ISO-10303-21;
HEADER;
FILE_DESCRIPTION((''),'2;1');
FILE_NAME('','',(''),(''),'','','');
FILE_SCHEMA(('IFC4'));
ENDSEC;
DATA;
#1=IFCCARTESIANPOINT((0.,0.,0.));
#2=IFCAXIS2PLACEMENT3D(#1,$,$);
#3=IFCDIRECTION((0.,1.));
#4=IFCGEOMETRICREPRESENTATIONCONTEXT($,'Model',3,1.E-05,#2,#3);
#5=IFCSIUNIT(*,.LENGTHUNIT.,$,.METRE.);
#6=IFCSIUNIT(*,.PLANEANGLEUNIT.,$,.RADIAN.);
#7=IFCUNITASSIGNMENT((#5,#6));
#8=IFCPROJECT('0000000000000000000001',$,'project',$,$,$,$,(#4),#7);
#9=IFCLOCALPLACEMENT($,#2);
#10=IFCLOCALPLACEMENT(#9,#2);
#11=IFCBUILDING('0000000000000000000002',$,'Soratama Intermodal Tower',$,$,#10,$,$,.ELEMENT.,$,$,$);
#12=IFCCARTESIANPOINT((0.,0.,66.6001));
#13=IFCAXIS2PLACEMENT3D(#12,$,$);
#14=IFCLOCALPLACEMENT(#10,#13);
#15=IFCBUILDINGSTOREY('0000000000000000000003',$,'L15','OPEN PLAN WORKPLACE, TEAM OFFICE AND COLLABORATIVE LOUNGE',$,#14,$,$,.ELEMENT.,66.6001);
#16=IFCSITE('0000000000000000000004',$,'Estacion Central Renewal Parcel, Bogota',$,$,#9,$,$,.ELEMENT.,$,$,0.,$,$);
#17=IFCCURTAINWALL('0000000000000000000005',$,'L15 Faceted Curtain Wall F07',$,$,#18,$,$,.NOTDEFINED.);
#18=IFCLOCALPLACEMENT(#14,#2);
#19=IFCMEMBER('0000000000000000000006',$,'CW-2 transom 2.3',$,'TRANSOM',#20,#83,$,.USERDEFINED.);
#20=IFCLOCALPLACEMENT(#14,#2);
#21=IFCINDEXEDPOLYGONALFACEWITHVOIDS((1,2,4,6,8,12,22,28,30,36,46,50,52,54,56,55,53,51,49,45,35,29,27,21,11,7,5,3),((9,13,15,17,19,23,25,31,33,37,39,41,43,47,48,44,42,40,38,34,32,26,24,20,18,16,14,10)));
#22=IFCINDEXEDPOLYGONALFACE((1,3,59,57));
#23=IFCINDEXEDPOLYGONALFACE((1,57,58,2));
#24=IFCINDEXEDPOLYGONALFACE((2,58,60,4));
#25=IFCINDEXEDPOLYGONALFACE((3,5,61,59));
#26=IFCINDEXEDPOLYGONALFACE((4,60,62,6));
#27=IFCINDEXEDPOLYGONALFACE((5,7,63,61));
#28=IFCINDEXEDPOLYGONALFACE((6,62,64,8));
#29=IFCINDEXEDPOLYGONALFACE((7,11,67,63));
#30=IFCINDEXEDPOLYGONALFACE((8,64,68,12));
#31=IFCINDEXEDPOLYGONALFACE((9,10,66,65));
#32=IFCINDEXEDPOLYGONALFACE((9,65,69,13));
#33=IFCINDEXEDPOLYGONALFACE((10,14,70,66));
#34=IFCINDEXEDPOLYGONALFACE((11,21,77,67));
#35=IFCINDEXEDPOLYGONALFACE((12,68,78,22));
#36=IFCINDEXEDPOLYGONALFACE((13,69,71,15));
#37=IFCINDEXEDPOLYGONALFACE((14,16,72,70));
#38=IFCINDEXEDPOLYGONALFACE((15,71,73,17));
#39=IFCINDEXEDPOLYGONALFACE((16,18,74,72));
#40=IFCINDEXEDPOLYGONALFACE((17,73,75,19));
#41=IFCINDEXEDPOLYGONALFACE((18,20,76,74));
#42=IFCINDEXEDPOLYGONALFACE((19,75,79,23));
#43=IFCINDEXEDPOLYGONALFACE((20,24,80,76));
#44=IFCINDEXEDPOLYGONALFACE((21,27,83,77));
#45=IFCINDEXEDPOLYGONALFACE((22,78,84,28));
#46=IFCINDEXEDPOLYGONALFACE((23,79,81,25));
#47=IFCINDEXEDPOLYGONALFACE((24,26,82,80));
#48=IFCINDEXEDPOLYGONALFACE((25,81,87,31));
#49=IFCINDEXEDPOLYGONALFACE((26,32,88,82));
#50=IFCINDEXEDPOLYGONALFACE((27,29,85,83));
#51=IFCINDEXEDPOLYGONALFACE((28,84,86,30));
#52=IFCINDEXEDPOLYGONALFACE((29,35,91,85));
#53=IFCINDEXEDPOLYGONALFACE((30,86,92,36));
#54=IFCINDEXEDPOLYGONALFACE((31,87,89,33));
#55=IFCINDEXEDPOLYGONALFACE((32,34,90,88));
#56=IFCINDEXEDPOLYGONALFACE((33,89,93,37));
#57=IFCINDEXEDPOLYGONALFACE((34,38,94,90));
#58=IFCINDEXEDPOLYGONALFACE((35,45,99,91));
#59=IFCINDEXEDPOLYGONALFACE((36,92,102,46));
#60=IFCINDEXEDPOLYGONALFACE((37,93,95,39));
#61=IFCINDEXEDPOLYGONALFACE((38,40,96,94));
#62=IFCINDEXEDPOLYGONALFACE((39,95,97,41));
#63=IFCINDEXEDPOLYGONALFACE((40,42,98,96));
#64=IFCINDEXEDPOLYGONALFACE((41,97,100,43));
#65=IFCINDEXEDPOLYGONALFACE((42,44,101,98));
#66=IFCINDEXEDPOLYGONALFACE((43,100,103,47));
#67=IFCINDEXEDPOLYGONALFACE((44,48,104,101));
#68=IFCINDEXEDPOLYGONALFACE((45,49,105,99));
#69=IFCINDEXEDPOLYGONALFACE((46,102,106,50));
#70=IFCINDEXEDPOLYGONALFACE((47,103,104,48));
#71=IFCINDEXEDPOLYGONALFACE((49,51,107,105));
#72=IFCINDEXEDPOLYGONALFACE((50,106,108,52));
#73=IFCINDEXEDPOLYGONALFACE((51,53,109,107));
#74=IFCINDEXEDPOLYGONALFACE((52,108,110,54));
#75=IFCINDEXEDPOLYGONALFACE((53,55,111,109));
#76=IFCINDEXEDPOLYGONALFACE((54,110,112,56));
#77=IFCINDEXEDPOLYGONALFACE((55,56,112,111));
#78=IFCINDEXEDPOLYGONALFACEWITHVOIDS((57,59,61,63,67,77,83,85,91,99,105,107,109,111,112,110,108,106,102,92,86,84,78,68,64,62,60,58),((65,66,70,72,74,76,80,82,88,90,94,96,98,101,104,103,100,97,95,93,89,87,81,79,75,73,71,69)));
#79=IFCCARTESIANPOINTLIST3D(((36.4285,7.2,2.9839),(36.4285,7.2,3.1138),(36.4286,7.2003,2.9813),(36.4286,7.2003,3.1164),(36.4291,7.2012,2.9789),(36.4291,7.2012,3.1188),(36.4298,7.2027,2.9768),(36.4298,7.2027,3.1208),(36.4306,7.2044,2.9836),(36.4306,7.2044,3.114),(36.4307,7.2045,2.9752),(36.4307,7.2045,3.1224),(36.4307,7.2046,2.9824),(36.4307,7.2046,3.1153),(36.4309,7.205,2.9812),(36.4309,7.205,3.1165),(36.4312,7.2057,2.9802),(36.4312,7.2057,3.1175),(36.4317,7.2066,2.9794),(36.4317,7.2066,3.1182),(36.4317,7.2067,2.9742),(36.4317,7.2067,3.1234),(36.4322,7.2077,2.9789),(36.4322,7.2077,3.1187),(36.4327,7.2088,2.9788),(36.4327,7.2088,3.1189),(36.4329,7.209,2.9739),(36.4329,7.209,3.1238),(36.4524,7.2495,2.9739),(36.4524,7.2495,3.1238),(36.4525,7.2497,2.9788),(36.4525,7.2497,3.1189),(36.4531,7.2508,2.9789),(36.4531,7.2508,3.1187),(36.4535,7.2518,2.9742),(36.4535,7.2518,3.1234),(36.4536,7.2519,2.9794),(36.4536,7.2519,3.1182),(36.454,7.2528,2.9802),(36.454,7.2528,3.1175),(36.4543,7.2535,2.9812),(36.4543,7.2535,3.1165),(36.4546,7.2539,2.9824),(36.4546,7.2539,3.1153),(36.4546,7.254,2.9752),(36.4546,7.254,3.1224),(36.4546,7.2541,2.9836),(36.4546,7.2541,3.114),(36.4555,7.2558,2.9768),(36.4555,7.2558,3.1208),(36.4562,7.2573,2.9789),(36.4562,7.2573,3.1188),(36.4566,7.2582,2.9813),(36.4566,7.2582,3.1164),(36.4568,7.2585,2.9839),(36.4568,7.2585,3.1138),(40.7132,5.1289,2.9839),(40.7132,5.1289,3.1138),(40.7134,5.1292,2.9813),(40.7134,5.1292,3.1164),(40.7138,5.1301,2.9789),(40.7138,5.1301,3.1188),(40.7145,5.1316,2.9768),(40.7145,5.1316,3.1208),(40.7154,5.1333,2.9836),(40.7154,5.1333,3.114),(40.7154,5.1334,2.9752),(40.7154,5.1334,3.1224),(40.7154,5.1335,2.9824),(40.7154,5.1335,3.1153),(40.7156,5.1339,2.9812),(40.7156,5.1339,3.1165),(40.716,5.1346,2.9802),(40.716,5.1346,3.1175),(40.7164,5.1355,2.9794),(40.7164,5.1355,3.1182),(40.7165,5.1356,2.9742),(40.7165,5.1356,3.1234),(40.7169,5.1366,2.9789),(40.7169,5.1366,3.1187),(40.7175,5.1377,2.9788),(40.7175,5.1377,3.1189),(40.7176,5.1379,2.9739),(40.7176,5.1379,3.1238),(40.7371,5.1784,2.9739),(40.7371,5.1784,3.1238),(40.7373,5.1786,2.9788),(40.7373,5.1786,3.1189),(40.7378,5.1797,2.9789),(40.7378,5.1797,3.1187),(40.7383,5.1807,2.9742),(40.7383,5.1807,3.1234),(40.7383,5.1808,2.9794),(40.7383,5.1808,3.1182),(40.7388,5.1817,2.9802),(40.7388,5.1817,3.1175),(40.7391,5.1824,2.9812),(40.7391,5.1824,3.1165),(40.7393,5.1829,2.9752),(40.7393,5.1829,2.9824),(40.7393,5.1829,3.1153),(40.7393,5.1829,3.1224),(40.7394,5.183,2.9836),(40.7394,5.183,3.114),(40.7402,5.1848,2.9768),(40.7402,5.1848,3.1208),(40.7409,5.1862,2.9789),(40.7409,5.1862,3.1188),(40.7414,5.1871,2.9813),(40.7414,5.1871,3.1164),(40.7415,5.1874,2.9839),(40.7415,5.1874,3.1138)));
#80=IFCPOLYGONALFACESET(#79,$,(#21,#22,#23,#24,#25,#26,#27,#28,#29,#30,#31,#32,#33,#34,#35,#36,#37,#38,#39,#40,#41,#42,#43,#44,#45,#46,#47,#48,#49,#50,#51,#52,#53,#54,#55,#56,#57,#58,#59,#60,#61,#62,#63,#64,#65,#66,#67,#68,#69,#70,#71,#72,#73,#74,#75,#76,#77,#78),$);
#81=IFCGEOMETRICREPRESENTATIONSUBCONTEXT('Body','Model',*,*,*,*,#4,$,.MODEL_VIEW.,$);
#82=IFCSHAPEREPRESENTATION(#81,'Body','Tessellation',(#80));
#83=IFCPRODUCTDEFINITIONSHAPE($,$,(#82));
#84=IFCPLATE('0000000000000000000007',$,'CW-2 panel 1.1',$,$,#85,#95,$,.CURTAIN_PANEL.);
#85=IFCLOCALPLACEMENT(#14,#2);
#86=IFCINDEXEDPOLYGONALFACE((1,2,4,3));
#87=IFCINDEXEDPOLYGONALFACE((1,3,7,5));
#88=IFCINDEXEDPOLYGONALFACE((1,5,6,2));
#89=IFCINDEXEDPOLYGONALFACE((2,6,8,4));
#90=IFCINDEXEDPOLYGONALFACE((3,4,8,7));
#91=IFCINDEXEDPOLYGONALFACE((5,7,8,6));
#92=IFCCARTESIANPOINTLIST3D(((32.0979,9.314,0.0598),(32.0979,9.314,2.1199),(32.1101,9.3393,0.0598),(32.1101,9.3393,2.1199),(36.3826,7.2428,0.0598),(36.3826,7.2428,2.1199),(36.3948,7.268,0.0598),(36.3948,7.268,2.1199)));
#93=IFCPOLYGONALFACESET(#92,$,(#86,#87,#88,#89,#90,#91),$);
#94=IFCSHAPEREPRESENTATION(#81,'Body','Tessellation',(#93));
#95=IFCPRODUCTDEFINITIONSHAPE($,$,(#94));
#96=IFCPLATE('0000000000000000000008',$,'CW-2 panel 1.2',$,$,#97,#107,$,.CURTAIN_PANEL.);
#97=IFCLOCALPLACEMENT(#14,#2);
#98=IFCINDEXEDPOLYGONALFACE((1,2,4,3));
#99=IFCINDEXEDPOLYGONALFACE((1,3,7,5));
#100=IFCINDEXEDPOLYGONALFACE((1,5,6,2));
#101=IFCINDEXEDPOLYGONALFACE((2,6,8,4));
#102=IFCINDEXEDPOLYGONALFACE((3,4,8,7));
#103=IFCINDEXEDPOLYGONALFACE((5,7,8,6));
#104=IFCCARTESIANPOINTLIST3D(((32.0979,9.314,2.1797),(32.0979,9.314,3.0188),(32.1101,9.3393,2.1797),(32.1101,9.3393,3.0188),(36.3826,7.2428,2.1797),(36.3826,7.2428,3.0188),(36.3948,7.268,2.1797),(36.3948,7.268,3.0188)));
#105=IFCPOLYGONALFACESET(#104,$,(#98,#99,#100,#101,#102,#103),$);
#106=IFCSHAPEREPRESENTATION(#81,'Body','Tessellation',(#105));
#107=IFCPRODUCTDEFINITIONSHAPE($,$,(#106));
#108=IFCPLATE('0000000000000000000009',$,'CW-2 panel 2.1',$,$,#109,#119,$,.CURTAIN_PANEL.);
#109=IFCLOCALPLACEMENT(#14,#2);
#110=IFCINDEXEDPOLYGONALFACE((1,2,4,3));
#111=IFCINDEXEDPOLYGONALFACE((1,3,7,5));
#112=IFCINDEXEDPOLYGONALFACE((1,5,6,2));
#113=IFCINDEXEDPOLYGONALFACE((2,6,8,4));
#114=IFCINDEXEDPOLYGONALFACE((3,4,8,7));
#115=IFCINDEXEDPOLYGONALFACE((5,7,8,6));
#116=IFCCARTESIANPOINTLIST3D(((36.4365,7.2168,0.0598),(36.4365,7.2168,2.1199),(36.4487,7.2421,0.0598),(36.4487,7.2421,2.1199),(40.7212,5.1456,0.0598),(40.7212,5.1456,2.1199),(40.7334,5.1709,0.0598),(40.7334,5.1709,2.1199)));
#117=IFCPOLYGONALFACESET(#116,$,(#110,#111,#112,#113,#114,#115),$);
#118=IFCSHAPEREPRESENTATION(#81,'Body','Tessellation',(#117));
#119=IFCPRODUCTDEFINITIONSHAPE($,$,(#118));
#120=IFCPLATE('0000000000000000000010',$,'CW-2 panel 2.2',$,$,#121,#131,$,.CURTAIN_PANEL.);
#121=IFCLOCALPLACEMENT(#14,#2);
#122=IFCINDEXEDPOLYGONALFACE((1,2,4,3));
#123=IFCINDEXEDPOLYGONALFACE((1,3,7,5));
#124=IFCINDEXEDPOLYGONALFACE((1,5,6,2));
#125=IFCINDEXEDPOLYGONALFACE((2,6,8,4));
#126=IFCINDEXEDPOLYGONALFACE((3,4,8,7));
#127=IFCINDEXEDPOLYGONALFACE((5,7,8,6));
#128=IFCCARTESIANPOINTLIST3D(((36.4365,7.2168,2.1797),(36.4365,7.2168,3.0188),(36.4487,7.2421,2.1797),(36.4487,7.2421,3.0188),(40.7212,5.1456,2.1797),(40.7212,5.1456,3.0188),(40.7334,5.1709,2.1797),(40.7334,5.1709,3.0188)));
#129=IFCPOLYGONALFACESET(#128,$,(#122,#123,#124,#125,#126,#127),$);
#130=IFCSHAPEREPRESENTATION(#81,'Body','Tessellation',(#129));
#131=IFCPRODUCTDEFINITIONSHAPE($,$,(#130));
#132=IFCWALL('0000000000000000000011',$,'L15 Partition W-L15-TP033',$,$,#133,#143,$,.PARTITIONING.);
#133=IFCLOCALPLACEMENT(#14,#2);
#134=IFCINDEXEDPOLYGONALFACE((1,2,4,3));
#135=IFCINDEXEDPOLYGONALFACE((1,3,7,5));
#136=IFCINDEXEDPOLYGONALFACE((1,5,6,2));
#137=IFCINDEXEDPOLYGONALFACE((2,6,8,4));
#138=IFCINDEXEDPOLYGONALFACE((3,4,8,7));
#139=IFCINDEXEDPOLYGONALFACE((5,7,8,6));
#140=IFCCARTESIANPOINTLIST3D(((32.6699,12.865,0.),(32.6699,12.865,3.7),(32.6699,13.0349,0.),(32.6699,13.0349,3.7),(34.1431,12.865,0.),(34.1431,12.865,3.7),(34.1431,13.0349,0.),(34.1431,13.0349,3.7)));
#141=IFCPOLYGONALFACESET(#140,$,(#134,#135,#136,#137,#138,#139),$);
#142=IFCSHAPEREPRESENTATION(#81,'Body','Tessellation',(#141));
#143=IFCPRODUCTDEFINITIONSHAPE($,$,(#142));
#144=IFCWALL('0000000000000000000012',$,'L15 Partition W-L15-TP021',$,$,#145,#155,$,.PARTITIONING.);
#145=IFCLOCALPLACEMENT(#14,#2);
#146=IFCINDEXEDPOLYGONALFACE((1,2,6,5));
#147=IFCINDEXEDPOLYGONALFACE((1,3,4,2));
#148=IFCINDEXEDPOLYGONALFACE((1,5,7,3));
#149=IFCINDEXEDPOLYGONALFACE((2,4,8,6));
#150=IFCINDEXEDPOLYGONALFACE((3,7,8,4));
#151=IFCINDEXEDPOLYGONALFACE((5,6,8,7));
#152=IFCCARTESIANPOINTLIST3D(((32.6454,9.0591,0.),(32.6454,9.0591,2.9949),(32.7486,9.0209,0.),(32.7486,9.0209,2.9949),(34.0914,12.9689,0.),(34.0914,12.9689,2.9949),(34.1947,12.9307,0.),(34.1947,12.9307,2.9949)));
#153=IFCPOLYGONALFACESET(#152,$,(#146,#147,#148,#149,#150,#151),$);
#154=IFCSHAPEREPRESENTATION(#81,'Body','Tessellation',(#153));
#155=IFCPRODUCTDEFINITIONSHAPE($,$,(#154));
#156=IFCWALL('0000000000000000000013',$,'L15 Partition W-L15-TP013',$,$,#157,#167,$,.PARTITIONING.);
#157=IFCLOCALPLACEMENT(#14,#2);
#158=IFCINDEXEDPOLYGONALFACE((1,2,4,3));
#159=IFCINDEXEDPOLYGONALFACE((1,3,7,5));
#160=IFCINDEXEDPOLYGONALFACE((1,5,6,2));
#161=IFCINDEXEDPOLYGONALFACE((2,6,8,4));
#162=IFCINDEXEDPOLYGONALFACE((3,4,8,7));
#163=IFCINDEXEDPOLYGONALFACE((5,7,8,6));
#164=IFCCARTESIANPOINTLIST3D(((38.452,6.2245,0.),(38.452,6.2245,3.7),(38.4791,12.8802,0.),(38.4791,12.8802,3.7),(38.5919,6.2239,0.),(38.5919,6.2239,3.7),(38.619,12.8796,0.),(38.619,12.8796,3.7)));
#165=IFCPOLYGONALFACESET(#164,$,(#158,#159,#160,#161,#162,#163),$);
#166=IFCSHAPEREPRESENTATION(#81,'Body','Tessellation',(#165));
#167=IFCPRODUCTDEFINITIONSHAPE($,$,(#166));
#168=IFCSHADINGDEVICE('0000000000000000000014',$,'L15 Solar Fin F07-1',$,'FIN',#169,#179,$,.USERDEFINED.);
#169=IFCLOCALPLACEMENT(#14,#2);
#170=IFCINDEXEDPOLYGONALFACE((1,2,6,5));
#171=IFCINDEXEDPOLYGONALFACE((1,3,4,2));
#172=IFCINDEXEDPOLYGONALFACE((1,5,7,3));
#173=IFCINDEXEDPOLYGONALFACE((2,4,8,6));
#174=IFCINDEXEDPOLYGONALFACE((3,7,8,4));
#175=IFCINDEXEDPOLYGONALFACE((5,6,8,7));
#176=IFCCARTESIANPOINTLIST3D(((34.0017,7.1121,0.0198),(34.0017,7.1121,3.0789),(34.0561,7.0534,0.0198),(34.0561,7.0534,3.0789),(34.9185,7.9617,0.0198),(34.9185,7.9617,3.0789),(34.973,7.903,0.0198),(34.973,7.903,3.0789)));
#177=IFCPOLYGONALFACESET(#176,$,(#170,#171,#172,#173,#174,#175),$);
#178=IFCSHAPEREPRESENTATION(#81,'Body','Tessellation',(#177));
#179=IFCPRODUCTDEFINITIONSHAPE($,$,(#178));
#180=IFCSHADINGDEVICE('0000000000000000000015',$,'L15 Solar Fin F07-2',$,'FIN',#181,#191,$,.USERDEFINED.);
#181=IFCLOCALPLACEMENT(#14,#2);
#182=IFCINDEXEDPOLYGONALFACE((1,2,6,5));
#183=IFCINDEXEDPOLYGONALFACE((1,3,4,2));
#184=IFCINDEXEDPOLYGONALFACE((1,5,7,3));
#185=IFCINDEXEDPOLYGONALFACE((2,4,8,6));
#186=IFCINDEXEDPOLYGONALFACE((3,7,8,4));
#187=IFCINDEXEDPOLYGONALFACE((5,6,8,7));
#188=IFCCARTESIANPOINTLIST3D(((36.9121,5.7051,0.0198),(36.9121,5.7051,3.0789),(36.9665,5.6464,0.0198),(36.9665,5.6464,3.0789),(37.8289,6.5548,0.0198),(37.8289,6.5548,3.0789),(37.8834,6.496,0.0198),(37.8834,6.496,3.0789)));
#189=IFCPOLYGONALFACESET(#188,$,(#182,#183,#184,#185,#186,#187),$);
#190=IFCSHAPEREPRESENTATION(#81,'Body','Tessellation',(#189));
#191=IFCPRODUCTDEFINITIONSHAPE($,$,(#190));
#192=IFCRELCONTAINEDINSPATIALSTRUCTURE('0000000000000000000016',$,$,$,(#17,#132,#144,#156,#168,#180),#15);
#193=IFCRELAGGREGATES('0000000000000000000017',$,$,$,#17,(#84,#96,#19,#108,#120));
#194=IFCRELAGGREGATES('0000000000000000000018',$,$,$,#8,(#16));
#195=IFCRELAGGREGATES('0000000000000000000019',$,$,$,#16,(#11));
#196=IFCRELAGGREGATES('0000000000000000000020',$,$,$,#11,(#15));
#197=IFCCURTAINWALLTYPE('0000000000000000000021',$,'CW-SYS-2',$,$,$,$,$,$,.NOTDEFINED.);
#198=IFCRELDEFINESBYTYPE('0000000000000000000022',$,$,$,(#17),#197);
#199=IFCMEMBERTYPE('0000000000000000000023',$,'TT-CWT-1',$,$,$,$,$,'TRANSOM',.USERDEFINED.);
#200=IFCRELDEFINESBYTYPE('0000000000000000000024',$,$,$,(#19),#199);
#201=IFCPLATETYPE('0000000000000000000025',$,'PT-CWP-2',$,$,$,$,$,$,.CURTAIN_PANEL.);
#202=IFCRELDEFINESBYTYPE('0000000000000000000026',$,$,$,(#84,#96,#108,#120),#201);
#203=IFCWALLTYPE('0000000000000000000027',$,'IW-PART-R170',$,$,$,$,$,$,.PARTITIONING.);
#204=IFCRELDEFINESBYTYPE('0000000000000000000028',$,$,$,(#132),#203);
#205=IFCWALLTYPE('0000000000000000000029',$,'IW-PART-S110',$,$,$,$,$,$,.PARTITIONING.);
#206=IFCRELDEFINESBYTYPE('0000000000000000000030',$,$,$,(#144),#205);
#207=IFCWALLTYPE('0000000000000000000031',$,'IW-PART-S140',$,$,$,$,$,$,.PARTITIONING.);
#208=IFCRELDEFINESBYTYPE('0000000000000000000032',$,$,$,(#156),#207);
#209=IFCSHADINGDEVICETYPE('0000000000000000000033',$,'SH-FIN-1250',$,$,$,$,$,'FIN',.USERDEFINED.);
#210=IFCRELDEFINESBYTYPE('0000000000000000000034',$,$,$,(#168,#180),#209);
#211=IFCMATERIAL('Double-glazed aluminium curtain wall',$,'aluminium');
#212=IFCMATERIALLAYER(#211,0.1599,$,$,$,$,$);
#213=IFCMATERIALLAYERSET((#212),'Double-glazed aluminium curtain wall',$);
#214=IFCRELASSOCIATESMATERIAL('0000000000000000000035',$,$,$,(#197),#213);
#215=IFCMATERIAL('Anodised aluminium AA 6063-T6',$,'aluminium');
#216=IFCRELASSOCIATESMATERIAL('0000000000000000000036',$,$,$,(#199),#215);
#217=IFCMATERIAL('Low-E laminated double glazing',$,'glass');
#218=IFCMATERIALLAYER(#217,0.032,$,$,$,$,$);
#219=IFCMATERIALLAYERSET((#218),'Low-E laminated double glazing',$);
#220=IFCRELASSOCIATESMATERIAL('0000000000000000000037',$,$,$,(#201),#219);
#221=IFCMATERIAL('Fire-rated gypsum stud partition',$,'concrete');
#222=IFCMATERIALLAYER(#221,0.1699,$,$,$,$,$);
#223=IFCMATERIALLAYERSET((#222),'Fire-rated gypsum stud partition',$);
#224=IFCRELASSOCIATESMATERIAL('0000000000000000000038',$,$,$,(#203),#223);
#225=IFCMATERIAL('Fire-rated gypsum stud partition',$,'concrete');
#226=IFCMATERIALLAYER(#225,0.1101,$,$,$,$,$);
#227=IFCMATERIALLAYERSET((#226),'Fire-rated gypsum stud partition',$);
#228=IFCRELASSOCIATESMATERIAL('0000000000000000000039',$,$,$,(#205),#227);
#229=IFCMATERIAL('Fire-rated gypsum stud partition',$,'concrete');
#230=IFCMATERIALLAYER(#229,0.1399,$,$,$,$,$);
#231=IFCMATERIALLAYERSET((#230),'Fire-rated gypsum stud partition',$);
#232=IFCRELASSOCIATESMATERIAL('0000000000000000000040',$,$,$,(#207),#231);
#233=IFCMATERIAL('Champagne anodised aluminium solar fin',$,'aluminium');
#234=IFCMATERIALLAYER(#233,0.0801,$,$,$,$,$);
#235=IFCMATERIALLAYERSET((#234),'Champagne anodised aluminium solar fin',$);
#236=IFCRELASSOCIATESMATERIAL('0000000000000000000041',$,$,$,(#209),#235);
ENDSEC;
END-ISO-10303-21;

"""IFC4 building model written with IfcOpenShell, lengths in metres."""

from ifc_helpers import new_model, si_unit, direction, frame, frame_2d, origin, origin_2d, place, context, subcontext, project, spatial, rectangle, hollow_rectangle, extrude, material, layer, layer_set, material_profile, profile_set, type_object, element, aggregate, save


model = new_model("IFC4")

# Units and contexts
model_context = context("Model", 3, precision=1e-05, world=origin(), true_north=direction((0.0, 1.0)))
body_context = subcontext(model_context, "Body", "Model", "MODEL_VIEW")
ifc_project = project(units=[si_unit("LENGTHUNIT", "METRE"), si_unit("PLANEANGLEUNIT", "RADIAN")], contexts=[model_context])

# Site, building, storey
site_placement = place(None, origin())
site = spatial("IfcSite", under=ifc_project, at=site_placement, Name="Estacion Central Renewal Parcel, Bogota", CompositionType="ELEMENT", RefElevation=0.0)
building_placement = place(site_placement, origin())
building = spatial("IfcBuilding", under=site, at=building_placement, Name="Soratama Intermodal Tower", CompositionType="ELEMENT")
storey_placement = place(building_placement, frame((0.0, 0.0, 66.6001)))
storey = spatial("IfcBuildingStorey", under=building, at=storey_placement, Name="L15", Description="OPEN PLAN WORKPLACE, TEAM OFFICE AND COLLABORATIVE LOUNGE", CompositionType="ELEMENT", Elevation=66.6001)

# Curtain wall, member, plates
ifc_material_1 = material(Name="Double-glazed aluminium curtain wall", Category="aluminium")
ifc_layer_1 = layer(ifc_material_1, 0.1599)
ifc_layer_set_1 = layer_set([ifc_layer_1], Name="Double-glazed aluminium curtain wall")
curtain_wall_type = type_object("IfcCurtainWallType", Name="CW-SYS-2", PredefinedType="NOTDEFINED", material=ifc_layer_set_1)
curtain_wall_placement = place(storey_placement, origin())
curtain_wall = element("IfcCurtainWall", 1, at=curtain_wall_placement, inside=storey, type_object=curtain_wall_type, Name="L15 Faceted Curtain Wall F07", PredefinedType="NOTDEFINED")
ifc_material_2 = material(Name="Anodised aluminium AA 6063-T6", Category="aluminium")
ifc_material_profile_1 = material_profile(ifc_material_2, hollow_rectangle(XDim=0.0649, YDim=0.1499, WallThickness=0.0049, InnerFilletRadius=0.0049, OuterFilletRadius=0.01, at=origin_2d()), Name="CWT150X65X5")
ifc_profile_set_1 = profile_set([ifc_material_profile_1], Name="Anodised aluminium AA 6063-T6")
member_type_1 = type_object("IfcMemberType", Name="TT-CWT-1", ElementType="TRANSOM", PredefinedType="USERDEFINED", material=ifc_profile_set_1)
member_1_placement = place(storey_placement, frame((36.4426, 7.2292, 3.0488), z_axis=(0.900339, -0.435189, 0.0), x_axis=(0.435189, 0.900339, 0.0)))
member_1 = element("IfcMember", 2, at=member_1_placement, type_object=member_type_1, Name="CW-2 transom 2.3", ObjectType="TRANSOM", PredefinedType="USERDEFINED", context=body_context, shape_type="SweptSolid", body=[
    extrude(hollow_rectangle(XDim=0.0649, YDim=0.1499, WallThickness=0.0049, InnerFilletRadius=0.0049, OuterFilletRadius=0.01, at=origin_2d()), origin(), (0.0, 0.0, 1.0), 4.759),
])
ifc_material_3 = material(Name="Low-E laminated double glazing", Category="glass")
ifc_layer_2 = layer(ifc_material_3, 0.032)
ifc_layer_set_2 = layer_set([ifc_layer_2], Name="Low-E laminated double glazing")
plate_type = type_object("IfcPlateType", Name="PT-CWP-2", PredefinedType="CURTAIN_PANEL", material=ifc_layer_set_2)
plate_1_placement = place(storey_placement, frame((34.2463, 8.291, 0.0598), z_axis=(0.0, 0.0, 1.0), x_axis=(0.900322, -0.435225, 0.0)))
plate_1 = element("IfcPlate", 3, at=plate_1_placement, type_object=plate_type, Name="CW-2 panel 1.1", PredefinedType="CURTAIN_PANEL", context=body_context, shape_type="SweptSolid", body=[
    extrude(rectangle(XDim=4.759, YDim=0.0281, at=origin_2d()), origin(), (0.0, 0.0, 1.0), 2.0601),
])
plate_2_placement = place(storey_placement, frame((34.2463, 8.291, 2.1797), z_axis=(0.0, 0.0, 1.0), x_axis=(0.900322, -0.435225, 0.0)))
plate_2 = element("IfcPlate", 4, at=plate_2_placement, type_object=plate_type, Name="CW-2 panel 1.2", PredefinedType="CURTAIN_PANEL", context=body_context, shape_type="SweptSolid", body=[
    extrude(rectangle(XDim=4.759, YDim=0.0281, at=origin_2d()), origin(), (0.0, 0.0, 1.0), 0.8391),
])
plate_3_placement = place(storey_placement, frame((38.585, 6.1938, 0.0598), z_axis=(0.0, 0.0, 1.0), x_axis=(0.900322, -0.435225, 0.0)))
plate_3 = element("IfcPlate", 5, at=plate_3_placement, type_object=plate_type, Name="CW-2 panel 2.1", PredefinedType="CURTAIN_PANEL", context=body_context, shape_type="SweptSolid", body=[
    extrude(rectangle(XDim=4.759, YDim=0.0281, at=origin_2d()), origin(), (0.0, 0.0, 1.0), 2.0601),
])
plate_4_placement = place(storey_placement, frame((38.585, 6.1938, 2.1797), z_axis=(0.0, 0.0, 1.0), x_axis=(0.900322, -0.435225, 0.0)))
plate_4 = element("IfcPlate", 6, at=plate_4_placement, type_object=plate_type, Name="CW-2 panel 2.2", PredefinedType="CURTAIN_PANEL", context=body_context, shape_type="SweptSolid", body=[
    extrude(rectangle(XDim=4.759, YDim=0.0281, at=origin_2d()), origin(), (0.0, 0.0, 1.0), 0.8391),
])
aggregate(curtain_wall, [plate_1, plate_2, member_1, plate_3, plate_4])

# Shared definitions
ifc_material_4 = material(Name="Fire-rated gypsum stud partition", Category="concrete")
ifc_layer_3 = layer(ifc_material_4, 0.1699)
ifc_layer_set_3 = layer_set([ifc_layer_3], Name="Fire-rated gypsum stud partition")
wall_type_1 = type_object("IfcWallType", Name="IW-PART-R170", PredefinedType="PARTITIONING", material=ifc_layer_set_3)

# Walls
wall_1_placement = place(storey_placement, frame((34.1431, 12.95, 0.0), z_axis=(0.0, 0.0, 1.0), x_axis=(-1.0, 0.0, 0.0)))
element("IfcWall", 7, at=wall_1_placement, inside=storey, type_object=wall_type_1, Name="L15 Partition W-L15-TP033", PredefinedType="PARTITIONING", context=body_context, shape_type="SweptSolid", body=[
    extrude(rectangle(XDim=1.4731, YDim=0.1699, at=frame_2d((0.7366, 0.0))), origin(), (0.0, 0.0, 1.0), 3.7),
])
ifc_material_5 = material(Name="Fire-rated gypsum stud partition", Category="concrete")
ifc_layer_4 = layer(ifc_material_5, 0.1101)
ifc_layer_set_4 = layer_set([ifc_layer_4], Name="Fire-rated gypsum stud partition")
wall_type_2 = type_object("IfcWallType", Name="IW-PART-S110", PredefinedType="PARTITIONING", material=ifc_layer_set_4)
wall_2_placement = place(storey_placement, frame((34.1431, 12.95, 0.0), z_axis=(0.0, 0.0, 1.0), x_axis=(-0.346878, -0.93791, 0.0)))
element("IfcWall", 8, at=wall_2_placement, inside=storey, type_object=wall_type_2, Name="L15 Partition W-L15-TP021", PredefinedType="PARTITIONING", context=body_context, shape_type="SweptSolid", body=[
    extrude(rectangle(XDim=4.1687, YDim=0.1101, at=frame_2d((2.0845, 0.0))), origin(), (0.0, 0.0, 1.0), 2.9949),
])
ifc_material_6 = material(Name="Fire-rated gypsum stud partition", Category="concrete")
ifc_layer_5 = layer(ifc_material_6, 0.1399)
ifc_layer_set_5 = layer_set([ifc_layer_5], Name="Fire-rated gypsum stud partition")
wall_type_3 = type_object("IfcWallType", Name="IW-PART-S140", PredefinedType="PARTITIONING", material=ifc_layer_set_5)
wall_3_placement = place(storey_placement, frame((38.5491, 12.8799, 0.0), z_axis=(0.0, 0.0, 1.0), x_axis=(-0.004072, -0.999992, 0.0)))
element("IfcWall", 9, at=wall_3_placement, inside=storey, type_object=wall_type_3, Name="L15 Partition W-L15-TP013", PredefinedType="PARTITIONING", context=body_context, shape_type="SweptSolid", body=[
    extrude(rectangle(XDim=6.6558, YDim=0.1399, at=frame_2d((3.3279, 0.0))), origin(), (0.0, 0.0, 1.0), 3.7),
])

# Shading devices
ifc_material_7 = material(Name="Champagne anodised aluminium solar fin", Category="aluminium")
ifc_layer_6 = layer(ifc_material_7, 0.0801)
ifc_layer_set_6 = layer_set([ifc_layer_6], Name="Champagne anodised aluminium solar fin")
shading_device_type = type_object("IfcShadingDeviceType", Name="SH-FIN-1250", ElementType="FIN", PredefinedType="USERDEFINED", material=ifc_layer_set_6)
for number, where, z_axis, x_axis, name in (
    (10, (34.4873, 7.5076, 0.0198), (0.0, 0.0, 1.0), (-0.733493, -0.679697, 0.0), "L15 Solar Fin F07-1"),
    (11, (37.3977, 6.1006, 0.0198), (0.0, 0.0, 1.0), (-0.733493, -0.679697, 0.0), "L15 Solar Fin F07-2"),
):
    element("IfcShadingDevice", number, at=place(storey_placement, frame(where, z_axis=z_axis, x_axis=x_axis)), inside=storey, type_object=shading_device_type, Name=name, ObjectType="FIN", PredefinedType="USERDEFINED", context=body_context, shape_type="SweptSolid", body=[
        extrude(rectangle(XDim=1.25, YDim=0.0801, at=origin_2d()), origin(), (0.0, 0.0, 1.0), 3.0591),
    ])

save(model, "model.ifc")
